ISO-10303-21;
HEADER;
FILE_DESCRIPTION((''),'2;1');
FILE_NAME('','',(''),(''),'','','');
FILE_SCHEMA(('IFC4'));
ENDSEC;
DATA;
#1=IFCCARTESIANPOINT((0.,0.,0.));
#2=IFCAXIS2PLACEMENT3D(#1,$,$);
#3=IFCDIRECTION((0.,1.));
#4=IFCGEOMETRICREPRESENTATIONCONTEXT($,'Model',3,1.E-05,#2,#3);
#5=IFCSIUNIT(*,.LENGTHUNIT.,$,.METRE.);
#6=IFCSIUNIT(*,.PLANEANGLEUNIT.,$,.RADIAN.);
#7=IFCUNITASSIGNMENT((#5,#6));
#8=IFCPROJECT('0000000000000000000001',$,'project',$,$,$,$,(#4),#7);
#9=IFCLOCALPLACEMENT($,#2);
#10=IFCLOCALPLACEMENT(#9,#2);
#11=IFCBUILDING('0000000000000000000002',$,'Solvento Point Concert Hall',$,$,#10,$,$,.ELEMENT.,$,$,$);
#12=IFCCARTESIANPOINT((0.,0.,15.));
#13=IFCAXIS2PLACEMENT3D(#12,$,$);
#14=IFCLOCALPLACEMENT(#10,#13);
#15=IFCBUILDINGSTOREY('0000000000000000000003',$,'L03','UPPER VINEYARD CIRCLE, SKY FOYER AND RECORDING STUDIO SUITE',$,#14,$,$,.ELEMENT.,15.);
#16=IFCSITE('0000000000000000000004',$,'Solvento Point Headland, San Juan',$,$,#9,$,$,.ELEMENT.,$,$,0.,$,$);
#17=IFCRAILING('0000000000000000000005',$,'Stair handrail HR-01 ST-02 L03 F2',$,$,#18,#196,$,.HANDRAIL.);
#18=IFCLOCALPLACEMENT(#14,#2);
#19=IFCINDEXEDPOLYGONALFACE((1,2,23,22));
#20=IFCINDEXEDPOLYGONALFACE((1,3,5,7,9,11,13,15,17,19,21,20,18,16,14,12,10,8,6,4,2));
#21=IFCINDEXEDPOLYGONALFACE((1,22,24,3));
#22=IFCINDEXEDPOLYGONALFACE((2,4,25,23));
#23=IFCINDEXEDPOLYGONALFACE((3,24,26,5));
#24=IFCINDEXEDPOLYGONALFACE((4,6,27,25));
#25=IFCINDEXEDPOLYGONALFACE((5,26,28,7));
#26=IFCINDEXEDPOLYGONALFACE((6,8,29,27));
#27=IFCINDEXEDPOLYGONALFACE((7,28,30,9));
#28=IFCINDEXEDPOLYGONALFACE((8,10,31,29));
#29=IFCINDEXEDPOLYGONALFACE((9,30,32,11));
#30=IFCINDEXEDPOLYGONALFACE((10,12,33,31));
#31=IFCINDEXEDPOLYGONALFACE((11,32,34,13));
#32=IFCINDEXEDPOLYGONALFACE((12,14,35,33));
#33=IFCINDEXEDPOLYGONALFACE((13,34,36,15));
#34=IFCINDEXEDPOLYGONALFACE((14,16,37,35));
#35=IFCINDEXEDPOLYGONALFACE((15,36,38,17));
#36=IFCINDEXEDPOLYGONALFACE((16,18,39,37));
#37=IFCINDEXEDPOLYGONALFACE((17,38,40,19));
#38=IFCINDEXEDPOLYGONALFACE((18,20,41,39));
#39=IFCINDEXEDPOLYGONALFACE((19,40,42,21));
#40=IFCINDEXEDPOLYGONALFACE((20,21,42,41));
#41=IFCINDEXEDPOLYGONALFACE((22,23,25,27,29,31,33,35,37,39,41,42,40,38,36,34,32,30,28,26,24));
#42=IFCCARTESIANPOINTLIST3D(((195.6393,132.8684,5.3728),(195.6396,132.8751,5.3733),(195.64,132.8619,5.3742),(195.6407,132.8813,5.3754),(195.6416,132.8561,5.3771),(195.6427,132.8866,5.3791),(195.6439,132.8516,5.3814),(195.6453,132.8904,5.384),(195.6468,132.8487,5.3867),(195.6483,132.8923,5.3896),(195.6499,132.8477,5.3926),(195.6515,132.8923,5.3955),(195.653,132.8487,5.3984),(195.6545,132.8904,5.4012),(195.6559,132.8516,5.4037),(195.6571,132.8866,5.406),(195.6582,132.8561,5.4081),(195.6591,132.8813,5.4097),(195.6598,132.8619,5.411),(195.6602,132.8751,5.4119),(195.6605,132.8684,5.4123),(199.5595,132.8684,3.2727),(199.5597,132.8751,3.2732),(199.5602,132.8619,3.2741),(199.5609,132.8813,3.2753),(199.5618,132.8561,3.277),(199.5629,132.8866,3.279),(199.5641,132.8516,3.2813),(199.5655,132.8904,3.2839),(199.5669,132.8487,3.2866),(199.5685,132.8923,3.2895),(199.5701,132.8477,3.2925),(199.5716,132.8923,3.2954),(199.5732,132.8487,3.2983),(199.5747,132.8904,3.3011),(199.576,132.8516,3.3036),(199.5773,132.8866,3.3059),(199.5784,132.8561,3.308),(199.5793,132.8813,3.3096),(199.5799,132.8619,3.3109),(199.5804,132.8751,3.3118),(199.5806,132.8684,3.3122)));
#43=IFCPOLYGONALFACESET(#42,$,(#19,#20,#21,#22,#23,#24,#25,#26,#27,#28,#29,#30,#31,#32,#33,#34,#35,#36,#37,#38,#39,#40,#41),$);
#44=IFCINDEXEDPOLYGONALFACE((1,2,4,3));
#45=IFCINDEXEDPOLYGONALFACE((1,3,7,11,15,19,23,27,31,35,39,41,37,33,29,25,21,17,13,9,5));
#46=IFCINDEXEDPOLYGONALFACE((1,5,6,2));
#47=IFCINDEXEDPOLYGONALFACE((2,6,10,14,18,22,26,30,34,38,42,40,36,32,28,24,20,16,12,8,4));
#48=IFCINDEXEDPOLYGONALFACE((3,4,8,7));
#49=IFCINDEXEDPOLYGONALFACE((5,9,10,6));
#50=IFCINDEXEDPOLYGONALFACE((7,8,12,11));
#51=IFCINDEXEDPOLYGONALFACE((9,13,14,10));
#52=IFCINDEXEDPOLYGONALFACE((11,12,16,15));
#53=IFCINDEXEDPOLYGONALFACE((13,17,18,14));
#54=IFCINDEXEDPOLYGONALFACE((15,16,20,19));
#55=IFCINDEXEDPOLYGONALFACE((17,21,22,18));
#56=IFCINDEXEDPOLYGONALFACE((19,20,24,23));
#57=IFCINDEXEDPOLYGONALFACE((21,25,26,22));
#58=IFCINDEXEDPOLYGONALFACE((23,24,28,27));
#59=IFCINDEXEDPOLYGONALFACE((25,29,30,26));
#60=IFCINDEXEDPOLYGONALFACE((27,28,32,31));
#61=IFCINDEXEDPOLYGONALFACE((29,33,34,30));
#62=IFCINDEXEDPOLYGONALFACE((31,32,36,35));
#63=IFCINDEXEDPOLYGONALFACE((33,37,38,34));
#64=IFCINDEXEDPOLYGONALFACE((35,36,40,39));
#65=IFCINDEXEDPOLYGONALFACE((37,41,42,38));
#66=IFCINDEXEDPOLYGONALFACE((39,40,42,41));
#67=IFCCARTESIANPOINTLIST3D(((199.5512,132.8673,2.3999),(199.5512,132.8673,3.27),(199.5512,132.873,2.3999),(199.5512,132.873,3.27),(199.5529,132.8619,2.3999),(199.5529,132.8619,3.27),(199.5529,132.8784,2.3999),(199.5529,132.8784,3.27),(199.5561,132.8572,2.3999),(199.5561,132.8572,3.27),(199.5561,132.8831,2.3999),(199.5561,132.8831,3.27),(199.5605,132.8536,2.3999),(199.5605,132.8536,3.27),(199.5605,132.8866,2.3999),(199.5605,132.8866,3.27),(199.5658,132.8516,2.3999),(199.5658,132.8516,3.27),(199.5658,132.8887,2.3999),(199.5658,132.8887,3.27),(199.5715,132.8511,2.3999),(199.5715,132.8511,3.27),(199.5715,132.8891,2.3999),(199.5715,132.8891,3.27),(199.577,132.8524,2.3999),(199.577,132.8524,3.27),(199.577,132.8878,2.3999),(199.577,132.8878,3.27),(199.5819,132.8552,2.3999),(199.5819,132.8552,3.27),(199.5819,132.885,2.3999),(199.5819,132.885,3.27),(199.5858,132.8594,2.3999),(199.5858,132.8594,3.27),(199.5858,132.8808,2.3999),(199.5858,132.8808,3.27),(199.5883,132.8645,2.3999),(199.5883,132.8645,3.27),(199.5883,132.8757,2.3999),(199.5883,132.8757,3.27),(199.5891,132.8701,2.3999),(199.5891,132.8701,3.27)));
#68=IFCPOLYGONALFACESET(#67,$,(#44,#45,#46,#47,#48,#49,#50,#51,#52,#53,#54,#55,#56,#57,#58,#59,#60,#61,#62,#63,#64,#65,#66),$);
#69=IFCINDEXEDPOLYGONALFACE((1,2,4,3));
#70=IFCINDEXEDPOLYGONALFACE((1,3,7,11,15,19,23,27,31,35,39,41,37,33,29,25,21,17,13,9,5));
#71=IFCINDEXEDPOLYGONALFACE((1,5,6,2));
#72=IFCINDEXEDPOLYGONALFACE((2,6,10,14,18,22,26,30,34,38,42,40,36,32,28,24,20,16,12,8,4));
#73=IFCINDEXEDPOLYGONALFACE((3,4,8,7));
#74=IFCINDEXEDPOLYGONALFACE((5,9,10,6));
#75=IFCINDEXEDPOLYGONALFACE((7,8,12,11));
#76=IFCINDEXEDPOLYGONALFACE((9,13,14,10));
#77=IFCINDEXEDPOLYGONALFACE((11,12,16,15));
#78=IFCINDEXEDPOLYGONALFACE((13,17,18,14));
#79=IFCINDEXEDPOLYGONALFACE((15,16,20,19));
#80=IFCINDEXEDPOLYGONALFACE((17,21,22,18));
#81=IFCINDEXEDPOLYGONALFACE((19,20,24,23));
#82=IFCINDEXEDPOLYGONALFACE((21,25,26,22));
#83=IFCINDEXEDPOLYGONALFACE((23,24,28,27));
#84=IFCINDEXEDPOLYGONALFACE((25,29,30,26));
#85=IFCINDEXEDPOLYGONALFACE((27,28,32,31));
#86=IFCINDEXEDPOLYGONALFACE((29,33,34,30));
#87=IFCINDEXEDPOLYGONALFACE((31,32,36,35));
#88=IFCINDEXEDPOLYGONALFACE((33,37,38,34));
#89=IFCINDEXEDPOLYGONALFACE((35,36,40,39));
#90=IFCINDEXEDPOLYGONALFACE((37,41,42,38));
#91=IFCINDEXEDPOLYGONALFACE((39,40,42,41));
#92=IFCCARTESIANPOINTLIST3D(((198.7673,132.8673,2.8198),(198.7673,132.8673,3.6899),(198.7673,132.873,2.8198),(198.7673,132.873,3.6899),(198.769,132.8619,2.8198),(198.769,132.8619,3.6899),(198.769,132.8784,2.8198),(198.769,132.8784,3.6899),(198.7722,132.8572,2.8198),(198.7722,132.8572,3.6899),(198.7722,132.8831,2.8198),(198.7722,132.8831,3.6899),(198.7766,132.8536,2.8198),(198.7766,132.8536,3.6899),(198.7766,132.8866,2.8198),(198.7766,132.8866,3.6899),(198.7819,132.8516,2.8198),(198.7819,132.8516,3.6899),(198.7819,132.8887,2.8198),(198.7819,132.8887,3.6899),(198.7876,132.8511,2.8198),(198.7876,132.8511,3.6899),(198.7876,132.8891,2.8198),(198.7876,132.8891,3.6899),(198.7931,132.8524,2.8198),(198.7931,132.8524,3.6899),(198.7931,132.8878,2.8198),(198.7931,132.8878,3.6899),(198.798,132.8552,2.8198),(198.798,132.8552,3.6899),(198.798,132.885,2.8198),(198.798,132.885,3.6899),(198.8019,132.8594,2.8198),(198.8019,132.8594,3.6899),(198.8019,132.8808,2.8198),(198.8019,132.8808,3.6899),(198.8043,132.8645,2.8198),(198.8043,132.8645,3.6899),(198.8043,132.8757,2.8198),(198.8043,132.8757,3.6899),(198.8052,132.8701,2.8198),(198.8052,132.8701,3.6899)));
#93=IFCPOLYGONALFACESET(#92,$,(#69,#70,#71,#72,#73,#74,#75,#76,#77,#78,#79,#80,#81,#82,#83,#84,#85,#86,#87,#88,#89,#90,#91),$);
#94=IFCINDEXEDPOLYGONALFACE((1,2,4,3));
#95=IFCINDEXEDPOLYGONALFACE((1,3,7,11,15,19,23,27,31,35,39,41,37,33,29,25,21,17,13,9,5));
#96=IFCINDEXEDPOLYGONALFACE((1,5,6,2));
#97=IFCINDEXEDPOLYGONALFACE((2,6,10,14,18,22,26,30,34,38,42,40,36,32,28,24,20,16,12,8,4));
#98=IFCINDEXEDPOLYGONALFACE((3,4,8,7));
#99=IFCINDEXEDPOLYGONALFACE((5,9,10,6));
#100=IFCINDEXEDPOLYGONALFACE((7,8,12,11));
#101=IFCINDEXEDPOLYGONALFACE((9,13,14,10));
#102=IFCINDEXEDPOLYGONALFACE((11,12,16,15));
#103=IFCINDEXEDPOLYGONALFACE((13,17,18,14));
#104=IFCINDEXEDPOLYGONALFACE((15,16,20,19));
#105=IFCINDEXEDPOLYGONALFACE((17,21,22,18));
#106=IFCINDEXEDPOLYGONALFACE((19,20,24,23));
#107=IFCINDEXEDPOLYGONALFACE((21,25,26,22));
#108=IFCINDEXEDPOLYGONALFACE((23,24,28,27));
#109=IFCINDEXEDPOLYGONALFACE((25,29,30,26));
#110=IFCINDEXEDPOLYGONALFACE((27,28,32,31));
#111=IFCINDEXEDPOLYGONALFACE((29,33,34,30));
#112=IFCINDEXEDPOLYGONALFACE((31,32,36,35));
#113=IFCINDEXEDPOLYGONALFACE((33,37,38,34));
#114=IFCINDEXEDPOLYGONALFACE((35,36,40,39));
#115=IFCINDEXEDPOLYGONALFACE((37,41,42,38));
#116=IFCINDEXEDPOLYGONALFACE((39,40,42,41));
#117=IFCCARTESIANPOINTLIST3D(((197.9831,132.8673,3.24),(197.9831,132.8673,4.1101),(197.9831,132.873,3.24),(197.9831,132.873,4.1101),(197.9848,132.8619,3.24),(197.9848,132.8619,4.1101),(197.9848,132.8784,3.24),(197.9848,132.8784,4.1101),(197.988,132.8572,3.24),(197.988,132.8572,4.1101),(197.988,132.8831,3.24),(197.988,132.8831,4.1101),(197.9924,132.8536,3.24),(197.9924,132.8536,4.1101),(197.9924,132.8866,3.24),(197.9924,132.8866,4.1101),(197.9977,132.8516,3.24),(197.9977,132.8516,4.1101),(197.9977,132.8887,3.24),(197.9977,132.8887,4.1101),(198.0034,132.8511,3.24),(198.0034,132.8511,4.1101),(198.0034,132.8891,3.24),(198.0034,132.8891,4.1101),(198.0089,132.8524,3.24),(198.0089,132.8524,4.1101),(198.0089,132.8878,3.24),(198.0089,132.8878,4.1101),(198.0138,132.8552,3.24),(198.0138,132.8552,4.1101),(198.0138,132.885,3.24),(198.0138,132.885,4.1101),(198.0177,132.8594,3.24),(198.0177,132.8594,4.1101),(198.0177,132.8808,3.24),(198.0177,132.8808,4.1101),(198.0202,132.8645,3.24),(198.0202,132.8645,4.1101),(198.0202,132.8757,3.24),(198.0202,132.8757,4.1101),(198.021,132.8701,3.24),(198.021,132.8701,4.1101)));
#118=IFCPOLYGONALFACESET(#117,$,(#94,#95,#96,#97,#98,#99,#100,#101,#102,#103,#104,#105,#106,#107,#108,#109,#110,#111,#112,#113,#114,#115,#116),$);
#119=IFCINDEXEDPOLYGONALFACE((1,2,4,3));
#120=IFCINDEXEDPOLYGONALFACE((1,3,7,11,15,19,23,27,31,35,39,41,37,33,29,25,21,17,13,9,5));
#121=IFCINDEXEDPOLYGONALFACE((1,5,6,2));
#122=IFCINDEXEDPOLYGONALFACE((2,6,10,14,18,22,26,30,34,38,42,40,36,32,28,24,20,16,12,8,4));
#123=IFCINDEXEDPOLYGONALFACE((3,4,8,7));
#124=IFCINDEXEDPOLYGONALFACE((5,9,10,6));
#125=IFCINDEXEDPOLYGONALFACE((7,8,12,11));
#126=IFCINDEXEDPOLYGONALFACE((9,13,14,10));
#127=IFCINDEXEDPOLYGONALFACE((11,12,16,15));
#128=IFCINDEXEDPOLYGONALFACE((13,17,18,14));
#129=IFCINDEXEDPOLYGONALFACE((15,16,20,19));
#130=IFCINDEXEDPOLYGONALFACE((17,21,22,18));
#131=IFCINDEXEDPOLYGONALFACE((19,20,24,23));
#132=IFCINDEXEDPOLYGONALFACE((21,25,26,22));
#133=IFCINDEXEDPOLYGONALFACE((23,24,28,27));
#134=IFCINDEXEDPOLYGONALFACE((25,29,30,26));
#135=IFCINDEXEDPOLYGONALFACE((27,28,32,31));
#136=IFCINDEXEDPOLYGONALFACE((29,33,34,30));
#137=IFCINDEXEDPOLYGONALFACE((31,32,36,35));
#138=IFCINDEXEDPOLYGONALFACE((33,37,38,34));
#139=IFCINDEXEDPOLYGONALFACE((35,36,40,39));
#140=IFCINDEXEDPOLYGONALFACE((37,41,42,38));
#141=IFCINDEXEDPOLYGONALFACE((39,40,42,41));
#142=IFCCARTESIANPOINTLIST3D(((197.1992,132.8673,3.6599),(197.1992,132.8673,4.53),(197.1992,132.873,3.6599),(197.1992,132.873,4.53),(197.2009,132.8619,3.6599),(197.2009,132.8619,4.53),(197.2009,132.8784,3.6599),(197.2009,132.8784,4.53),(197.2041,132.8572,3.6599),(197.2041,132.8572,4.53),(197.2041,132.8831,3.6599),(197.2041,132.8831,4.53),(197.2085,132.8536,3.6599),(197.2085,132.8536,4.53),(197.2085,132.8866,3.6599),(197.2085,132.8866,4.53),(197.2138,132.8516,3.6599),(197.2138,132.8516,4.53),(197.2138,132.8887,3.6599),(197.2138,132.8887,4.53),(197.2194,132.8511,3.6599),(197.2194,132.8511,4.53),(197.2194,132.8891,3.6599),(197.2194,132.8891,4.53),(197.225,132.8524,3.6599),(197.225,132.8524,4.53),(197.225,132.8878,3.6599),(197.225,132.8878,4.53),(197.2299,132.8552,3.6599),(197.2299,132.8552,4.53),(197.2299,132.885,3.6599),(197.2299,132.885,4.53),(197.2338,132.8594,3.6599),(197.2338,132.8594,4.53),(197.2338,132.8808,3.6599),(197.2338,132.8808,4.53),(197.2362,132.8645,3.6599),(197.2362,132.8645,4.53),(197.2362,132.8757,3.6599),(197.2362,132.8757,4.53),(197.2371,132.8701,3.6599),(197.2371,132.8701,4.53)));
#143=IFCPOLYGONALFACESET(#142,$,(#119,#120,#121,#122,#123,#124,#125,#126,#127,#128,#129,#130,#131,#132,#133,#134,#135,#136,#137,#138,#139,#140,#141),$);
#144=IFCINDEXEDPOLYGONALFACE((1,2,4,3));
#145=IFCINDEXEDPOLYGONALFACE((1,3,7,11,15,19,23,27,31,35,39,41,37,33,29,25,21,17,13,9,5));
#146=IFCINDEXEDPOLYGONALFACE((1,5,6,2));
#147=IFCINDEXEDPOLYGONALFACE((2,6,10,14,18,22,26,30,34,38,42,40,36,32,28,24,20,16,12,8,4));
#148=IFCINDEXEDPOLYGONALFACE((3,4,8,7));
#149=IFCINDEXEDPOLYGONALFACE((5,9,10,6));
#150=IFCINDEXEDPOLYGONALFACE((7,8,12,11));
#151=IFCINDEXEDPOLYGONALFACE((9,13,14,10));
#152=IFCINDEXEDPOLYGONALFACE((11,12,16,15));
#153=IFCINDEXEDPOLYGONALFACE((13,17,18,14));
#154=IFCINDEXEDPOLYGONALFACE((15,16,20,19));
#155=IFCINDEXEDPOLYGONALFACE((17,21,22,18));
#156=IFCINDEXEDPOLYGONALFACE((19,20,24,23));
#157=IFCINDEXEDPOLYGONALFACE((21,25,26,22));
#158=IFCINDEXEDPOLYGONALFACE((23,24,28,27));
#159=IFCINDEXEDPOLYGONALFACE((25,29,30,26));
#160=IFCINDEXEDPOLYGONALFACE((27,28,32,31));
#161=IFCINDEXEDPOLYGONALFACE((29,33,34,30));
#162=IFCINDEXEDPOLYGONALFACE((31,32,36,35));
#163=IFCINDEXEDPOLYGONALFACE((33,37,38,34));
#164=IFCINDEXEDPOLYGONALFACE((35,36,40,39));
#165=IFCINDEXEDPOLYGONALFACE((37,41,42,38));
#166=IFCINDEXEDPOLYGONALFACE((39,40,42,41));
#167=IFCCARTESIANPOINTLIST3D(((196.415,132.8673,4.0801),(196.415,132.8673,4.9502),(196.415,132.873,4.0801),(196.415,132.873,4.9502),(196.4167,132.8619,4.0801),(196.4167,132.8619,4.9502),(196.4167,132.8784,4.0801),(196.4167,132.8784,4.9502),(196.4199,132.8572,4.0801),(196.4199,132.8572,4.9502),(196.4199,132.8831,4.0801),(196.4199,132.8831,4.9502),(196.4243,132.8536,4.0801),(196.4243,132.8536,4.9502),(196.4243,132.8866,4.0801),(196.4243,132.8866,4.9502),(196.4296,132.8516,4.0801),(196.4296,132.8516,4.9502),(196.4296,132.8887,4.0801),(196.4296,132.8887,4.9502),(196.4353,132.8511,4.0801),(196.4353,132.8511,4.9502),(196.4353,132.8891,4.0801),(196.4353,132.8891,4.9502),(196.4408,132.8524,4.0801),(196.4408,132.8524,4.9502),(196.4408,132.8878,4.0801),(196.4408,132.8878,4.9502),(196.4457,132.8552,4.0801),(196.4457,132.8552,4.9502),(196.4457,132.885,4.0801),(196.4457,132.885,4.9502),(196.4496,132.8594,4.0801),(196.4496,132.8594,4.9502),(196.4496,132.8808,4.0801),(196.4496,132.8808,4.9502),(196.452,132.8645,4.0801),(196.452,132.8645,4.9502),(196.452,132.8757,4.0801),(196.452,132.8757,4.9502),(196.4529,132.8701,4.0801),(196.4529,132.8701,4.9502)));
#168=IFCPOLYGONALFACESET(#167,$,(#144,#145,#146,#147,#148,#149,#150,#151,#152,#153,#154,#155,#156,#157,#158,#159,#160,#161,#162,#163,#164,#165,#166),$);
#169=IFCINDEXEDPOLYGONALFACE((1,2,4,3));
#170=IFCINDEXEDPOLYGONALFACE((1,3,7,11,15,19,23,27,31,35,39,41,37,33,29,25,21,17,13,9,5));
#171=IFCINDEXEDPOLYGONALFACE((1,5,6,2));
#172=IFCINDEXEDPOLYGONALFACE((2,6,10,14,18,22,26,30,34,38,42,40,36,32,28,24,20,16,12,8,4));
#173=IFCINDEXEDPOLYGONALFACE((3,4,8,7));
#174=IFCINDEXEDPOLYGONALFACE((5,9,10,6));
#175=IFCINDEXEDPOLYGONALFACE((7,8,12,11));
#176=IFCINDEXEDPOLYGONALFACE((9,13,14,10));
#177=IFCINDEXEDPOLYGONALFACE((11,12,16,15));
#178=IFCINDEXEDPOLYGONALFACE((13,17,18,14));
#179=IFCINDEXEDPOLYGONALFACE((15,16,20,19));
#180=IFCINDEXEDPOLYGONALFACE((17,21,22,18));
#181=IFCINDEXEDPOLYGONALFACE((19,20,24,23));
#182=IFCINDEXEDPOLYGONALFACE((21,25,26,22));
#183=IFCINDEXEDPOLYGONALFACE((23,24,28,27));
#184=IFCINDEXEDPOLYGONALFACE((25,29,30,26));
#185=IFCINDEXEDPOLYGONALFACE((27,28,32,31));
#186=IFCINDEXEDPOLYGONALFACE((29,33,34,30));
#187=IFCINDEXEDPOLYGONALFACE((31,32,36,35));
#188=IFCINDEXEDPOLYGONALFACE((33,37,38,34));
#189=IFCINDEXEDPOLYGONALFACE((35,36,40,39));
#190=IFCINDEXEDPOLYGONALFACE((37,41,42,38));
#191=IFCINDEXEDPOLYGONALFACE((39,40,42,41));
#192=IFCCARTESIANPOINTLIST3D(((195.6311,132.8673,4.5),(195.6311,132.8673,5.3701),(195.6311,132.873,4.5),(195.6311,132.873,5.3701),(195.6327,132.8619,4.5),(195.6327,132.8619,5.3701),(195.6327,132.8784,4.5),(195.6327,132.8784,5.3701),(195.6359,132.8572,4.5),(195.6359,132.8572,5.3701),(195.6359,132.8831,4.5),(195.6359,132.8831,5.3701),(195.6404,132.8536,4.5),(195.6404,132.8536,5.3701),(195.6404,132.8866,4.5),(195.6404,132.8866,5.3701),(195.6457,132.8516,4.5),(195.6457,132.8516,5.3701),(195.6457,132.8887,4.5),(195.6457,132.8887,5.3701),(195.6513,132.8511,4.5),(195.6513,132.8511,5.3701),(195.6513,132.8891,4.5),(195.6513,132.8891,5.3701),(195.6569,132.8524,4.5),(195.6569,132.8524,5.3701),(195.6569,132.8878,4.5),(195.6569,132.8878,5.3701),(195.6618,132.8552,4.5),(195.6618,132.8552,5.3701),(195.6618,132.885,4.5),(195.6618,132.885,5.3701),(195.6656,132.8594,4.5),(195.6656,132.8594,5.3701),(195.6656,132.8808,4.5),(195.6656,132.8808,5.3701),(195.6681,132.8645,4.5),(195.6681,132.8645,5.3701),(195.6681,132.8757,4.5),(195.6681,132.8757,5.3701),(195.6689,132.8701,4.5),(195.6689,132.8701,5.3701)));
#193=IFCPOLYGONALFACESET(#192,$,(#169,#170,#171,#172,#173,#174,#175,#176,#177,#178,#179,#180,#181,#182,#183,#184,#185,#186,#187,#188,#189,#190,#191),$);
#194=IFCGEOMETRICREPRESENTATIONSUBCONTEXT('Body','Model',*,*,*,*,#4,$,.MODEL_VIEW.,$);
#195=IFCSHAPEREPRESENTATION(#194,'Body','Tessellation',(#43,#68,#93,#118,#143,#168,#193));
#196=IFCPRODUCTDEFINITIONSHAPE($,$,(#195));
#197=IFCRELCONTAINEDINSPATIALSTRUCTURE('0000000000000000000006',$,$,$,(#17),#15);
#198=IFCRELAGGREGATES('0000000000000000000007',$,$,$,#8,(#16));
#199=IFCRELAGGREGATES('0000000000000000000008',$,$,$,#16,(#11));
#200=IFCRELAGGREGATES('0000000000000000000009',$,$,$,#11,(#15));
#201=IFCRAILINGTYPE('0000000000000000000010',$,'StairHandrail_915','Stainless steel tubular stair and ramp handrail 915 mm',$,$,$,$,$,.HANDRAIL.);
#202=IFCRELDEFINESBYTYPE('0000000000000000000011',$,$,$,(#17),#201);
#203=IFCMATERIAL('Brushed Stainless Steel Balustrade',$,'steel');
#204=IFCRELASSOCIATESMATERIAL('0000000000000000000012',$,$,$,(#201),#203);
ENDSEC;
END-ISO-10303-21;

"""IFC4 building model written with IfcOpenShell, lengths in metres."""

from ifc_helpers import new_model, si_unit, direction, frame, origin, origin_2d, place, context, subcontext, project, spatial, circle, extrude, material, type_object, element, save


model = new_model("IFC4")

# Units and contexts
model_context = context("Model", 3, precision=1e-05, world=origin(), true_north=direction((0.0, 1.0)))
body_context = subcontext(model_context, "Body", "Model", "MODEL_VIEW")
ifc_project = project(units=[si_unit("LENGTHUNIT", "METRE"), si_unit("PLANEANGLEUNIT", "RADIAN")], contexts=[model_context])

# Site, building, storey
site_placement = place(None, origin())
site = spatial("IfcSite", under=ifc_project, at=site_placement, Name="Solvento Point Headland, San Juan", CompositionType="ELEMENT", RefElevation=0.0)
building_placement = place(site_placement, origin())
building = spatial("IfcBuilding", under=site, at=building_placement, Name="Solvento Point Concert Hall", CompositionType="ELEMENT")
storey_placement = place(building_placement, frame((0.0, 0.0, 15.0)))
storey = spatial("IfcBuildingStorey", under=building, at=storey_placement, Name="L03", Description="UPPER VINEYARD CIRCLE, SKY FOYER AND RECORDING STUDIO SUITE", CompositionType="ELEMENT", Elevation=15.0)

# Railing
ifc_material_1 = material(Name="Brushed Stainless Steel Balustrade", Category="steel")
railing_type_1 = type_object("IfcRailingType", Name="StairHandrail_915", Description="Stainless steel tubular stair and ramp handrail 915 mm", PredefinedType="HANDRAIL", material=ifc_material_1)
railing_1_placement = place(storey_placement, frame((199.5701, 132.8701, 2.3999)))
element("IfcRailing", 1, at=railing_1_placement, inside=storey, type_object=railing_type_1, Name="Stair handrail HR-01 ST-02 L03 F2", PredefinedType="HANDRAIL", context=body_context, shape_type="SweptSolid", body=[
    extrude(circle(Radius=0.0225, at=origin_2d()), frame((0.0, 0.0, 0.8926), z_axis=(-0.881479, 0.0, 0.472223), x_axis=(0.0, -1.0, 0.0)), (0.0, 0.0, 1.0), 4.4473),
    extrude(circle(Radius=0.019, at=origin_2d()), origin(), (0.0, 0.0, 1.0), 0.8701),
    extrude(circle(Radius=0.019, at=origin_2d()), frame((-0.7839, 0.0, 0.4199)), (0.0, 0.0, 1.0), 0.8701),
    extrude(circle(Radius=0.019, at=origin_2d()), frame((-1.5681, 0.0, 0.8401)), (0.0, 0.0, 1.0), 0.8701),
    extrude(circle(Radius=0.019, at=origin_2d()), frame((-2.3521, 0.0, 1.26)), (0.0, 0.0, 1.0), 0.8701),
    extrude(circle(Radius=0.019, at=origin_2d()), frame((-3.1362, 0.0, 1.6802)), (0.0, 0.0, 1.0), 0.8701),
    extrude(circle(Radius=0.019, at=origin_2d()), frame((-3.9202, 0.0, 2.1001)), (0.0, 0.0, 1.0), 0.8701),
])

save(model, "model.ifc")
